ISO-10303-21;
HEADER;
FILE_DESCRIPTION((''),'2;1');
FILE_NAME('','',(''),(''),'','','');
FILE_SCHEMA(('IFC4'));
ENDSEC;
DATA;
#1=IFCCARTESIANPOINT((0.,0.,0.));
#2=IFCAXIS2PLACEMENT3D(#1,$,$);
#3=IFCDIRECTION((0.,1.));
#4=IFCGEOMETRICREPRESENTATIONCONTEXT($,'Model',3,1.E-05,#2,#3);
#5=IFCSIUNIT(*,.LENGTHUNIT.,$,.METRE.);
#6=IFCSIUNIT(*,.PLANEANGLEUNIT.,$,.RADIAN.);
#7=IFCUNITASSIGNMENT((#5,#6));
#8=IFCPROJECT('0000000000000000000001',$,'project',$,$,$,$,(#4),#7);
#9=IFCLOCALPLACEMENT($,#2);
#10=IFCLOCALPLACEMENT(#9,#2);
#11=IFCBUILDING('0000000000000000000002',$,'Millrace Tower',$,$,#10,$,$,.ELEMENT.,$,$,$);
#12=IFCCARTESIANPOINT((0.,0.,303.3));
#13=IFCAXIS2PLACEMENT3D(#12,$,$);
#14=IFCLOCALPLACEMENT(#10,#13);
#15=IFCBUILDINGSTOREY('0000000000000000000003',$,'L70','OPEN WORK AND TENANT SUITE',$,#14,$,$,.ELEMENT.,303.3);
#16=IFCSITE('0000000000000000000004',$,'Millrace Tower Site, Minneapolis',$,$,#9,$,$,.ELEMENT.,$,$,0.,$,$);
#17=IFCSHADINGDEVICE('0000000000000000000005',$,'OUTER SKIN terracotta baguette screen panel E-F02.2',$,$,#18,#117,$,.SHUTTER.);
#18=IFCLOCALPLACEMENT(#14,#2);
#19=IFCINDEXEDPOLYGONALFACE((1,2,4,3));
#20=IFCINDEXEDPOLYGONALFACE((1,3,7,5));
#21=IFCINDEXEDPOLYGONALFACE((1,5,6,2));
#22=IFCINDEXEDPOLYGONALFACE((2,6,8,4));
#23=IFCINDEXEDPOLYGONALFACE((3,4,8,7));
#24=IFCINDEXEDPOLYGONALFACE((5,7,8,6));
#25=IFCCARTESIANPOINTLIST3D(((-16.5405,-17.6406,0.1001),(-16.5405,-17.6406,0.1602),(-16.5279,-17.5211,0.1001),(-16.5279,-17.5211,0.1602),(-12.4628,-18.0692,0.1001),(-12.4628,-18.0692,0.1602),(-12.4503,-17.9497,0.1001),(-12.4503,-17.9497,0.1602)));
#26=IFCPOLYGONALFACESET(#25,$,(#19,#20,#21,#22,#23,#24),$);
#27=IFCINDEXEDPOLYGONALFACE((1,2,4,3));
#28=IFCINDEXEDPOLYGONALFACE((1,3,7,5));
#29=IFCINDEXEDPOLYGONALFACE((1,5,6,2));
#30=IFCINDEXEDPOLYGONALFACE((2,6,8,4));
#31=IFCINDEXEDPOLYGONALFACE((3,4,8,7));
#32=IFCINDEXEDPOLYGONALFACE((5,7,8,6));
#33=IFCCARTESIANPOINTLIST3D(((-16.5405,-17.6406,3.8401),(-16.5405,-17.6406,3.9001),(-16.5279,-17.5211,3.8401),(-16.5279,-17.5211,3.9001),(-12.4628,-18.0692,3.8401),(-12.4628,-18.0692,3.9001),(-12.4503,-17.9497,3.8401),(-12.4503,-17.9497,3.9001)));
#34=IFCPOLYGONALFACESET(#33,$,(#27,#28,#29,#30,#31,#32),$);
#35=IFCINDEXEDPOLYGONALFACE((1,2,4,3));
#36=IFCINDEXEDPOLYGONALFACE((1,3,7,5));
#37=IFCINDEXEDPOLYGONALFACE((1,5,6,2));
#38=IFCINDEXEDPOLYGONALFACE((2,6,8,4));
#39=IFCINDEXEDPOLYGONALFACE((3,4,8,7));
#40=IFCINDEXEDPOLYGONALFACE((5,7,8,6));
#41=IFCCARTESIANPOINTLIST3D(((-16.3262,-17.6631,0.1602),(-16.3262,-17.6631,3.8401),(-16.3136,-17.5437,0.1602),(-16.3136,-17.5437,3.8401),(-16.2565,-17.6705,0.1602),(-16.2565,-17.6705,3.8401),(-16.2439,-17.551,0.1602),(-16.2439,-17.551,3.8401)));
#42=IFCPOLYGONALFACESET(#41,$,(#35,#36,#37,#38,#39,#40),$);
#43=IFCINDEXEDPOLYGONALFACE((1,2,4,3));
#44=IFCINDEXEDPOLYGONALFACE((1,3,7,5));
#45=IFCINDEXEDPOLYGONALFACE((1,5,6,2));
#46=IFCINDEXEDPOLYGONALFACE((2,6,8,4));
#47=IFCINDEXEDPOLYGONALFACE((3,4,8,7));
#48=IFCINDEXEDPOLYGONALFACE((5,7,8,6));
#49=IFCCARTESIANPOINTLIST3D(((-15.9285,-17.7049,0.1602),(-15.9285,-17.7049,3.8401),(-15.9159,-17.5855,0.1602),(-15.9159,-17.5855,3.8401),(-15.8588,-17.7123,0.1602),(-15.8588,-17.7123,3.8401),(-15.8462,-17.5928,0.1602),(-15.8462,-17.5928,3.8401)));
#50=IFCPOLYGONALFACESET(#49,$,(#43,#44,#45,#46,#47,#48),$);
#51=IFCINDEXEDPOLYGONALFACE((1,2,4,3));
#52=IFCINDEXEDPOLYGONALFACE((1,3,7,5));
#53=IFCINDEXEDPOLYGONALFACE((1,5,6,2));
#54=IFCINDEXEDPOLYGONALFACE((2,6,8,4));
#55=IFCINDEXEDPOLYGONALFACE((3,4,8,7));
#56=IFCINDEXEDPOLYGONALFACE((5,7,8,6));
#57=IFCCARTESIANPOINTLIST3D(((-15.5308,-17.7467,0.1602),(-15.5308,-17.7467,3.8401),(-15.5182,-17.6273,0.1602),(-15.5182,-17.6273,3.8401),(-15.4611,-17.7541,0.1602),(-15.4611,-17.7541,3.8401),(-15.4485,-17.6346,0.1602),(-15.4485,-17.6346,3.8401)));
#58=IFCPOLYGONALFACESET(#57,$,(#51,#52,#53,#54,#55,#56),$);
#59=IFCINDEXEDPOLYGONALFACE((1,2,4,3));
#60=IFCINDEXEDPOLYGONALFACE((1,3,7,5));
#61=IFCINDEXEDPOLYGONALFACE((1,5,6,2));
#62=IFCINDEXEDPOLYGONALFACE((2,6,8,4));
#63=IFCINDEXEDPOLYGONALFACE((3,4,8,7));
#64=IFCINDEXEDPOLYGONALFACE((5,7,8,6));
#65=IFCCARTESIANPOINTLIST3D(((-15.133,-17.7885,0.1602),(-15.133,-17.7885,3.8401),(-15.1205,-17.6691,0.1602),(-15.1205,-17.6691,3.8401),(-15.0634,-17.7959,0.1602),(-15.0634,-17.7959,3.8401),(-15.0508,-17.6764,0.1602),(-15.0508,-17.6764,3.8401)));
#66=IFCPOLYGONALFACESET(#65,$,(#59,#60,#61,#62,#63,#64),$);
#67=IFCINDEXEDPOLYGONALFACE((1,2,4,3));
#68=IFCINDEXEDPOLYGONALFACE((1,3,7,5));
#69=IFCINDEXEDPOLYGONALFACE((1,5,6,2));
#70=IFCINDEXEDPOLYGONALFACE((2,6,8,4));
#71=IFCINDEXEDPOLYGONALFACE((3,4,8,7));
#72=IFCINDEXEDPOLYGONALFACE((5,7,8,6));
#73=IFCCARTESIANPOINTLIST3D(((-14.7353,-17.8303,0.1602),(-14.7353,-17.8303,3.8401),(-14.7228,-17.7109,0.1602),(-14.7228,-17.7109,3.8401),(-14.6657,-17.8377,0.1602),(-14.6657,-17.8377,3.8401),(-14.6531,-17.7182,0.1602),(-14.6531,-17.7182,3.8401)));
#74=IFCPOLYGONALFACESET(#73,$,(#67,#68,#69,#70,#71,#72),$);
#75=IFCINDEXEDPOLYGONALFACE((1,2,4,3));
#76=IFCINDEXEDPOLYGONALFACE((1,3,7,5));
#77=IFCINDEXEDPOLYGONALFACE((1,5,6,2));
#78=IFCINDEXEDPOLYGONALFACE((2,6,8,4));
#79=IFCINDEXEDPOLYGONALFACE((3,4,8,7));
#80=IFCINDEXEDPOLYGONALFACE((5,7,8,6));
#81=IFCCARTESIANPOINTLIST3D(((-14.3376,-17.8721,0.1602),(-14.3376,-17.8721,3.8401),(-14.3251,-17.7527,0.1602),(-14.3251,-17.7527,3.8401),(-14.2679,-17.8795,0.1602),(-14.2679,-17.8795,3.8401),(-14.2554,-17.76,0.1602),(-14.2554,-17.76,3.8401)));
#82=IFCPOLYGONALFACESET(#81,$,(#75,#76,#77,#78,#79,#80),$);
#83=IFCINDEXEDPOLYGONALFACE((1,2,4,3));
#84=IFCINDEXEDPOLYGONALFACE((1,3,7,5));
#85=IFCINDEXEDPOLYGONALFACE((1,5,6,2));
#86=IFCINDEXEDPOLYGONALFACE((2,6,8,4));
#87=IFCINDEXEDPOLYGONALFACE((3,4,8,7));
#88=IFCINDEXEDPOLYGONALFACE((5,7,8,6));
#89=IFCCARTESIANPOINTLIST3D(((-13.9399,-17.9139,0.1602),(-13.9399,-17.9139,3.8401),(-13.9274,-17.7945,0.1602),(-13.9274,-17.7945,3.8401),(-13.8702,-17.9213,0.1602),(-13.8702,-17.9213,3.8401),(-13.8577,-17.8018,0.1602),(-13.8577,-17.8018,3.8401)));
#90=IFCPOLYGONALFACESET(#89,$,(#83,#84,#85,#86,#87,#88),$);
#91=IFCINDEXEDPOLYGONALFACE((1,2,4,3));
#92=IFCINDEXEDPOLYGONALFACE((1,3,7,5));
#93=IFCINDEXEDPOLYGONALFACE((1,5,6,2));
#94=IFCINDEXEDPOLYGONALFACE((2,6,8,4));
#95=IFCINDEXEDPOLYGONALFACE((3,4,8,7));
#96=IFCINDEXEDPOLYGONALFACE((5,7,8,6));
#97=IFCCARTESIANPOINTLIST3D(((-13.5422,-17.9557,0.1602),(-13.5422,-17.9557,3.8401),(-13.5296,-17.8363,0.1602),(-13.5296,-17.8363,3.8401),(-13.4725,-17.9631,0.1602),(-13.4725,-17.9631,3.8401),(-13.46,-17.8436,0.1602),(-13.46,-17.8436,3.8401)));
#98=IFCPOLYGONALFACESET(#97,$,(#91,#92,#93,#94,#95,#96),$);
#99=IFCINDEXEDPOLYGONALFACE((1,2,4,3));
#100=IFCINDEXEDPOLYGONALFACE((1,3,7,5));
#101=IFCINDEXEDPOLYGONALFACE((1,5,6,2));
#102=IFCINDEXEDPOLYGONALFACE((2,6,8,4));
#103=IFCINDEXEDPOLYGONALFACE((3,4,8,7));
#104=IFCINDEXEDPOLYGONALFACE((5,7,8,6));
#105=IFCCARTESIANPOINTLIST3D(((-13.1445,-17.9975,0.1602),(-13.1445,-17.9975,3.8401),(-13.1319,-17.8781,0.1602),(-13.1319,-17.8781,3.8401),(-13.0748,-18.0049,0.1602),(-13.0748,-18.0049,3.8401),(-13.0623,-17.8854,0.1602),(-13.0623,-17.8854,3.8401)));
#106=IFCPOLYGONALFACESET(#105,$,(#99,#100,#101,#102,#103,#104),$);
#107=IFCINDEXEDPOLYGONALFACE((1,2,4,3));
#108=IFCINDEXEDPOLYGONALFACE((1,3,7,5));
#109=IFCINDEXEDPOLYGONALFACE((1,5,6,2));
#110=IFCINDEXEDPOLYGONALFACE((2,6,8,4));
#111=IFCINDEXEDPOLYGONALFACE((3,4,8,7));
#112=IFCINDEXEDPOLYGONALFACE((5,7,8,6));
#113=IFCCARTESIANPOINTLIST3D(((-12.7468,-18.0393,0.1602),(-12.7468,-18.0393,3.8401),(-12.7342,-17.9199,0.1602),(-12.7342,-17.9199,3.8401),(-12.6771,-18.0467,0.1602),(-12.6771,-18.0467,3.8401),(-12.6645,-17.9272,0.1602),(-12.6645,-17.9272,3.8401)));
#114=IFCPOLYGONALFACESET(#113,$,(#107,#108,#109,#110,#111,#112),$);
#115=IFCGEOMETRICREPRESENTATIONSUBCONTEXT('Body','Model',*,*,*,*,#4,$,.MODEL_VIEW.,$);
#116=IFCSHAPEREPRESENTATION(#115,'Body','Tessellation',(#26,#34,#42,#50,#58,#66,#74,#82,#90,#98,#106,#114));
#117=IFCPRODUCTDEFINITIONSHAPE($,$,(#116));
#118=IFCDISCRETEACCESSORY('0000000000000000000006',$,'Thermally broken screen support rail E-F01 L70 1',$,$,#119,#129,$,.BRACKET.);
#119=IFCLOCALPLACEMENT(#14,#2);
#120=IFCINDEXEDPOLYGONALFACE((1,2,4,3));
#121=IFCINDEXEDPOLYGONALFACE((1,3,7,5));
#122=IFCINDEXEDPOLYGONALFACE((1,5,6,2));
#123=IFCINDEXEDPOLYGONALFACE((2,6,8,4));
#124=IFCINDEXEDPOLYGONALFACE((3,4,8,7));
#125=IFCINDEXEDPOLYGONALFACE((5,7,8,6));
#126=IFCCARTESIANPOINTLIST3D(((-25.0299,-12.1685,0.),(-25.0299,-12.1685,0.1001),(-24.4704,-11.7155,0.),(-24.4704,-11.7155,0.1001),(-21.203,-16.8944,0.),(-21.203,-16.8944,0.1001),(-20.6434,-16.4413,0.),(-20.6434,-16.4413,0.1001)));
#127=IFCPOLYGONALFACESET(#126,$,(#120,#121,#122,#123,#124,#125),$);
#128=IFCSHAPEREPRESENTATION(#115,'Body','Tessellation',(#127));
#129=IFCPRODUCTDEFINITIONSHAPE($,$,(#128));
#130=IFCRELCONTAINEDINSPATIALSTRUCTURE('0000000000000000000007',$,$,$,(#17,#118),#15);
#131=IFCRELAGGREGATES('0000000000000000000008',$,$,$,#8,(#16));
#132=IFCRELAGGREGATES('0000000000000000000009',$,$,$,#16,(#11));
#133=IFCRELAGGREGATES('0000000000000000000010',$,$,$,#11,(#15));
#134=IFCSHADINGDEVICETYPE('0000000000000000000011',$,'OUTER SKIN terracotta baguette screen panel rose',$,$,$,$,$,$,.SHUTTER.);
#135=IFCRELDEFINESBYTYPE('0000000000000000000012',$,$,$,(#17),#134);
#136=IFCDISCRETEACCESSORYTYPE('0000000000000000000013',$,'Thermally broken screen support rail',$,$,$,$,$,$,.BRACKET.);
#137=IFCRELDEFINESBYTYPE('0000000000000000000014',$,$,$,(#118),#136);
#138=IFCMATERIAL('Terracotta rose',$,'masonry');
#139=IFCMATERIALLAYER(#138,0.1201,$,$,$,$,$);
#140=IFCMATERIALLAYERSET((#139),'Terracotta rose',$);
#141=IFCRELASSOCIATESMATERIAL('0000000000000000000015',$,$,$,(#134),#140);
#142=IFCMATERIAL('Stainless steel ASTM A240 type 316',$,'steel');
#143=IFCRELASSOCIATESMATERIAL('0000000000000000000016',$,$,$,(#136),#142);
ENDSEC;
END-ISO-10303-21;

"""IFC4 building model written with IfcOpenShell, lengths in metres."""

from ifc_helpers import new_model, entity, si_unit, direction, frame, frame_2d, origin, origin_2d, place, context, subcontext, project, spatial, rectangle, extrude, source, transform, mapped, material, layer, layer_set, type_object, element, save


model = new_model("IFC4")

# Units and contexts
model_context = context("Model", 3, precision=1e-05, world=origin(), true_north=direction((0.0, 1.0)))
body_context = subcontext(model_context, "Body", "Model", "MODEL_VIEW")
ifc_project = project(units=[si_unit("LENGTHUNIT", "METRE"), si_unit("PLANEANGLEUNIT", "RADIAN")], contexts=[model_context])

# Site, building, storey
site_placement = place(None, origin())
site = spatial("IfcSite", under=ifc_project, at=site_placement, Name="Millrace Tower Site, Minneapolis", CompositionType="ELEMENT", RefElevation=0.0)
building_placement = place(site_placement, origin())
building = spatial("IfcBuilding", under=site, at=building_placement, Name="Millrace Tower", CompositionType="ELEMENT")
storey_placement = place(building_placement, frame((0.0, 0.0, 303.3)))
storey = spatial("IfcBuildingStorey", under=building, at=storey_placement, Name="L70", Description="OPEN WORK AND TENANT SUITE", CompositionType="ELEMENT", Elevation=303.3)

# Shading device
ifc_material_1 = material(Name="Terracotta rose", Category="masonry")
ifc_layer_1 = layer(ifc_material_1, 0.1201)
ifc_layer_set_1 = layer_set([ifc_layer_1], Name="Terracotta rose")
shading_device_type = type_object("IfcShadingDeviceType", Name="OUTER SKIN terracotta baguette screen panel rose", PredefinedType="SHUTTER", material=ifc_layer_set_1)
cartesian_point_1 = entity("IfcCartesianPoint", [-2.05, 0.0601])
shared_polyline_1 = entity("IfcPolyline", [cartesian_point_1, entity("IfcCartesianPoint", [2.05, 0.0601]), entity("IfcCartesianPoint", [2.05, -0.0601]), entity("IfcCartesianPoint", [-2.05, -0.0601]), cartesian_point_1])
shared_shape_1 = source(origin(), body_context, "Body", "SweptSolid", [
    entity("IfcExtrudedAreaSolid", entity("IfcArbitraryClosedProfileDef", "AREA", None, shared_polyline_1), entity("IfcAxis2Placement3D", entity("IfcCartesianPoint", [0.0, 0.0, 0.0])), entity("IfcDirection", [0.0, 0.0, 1.0]), 0.0601),
    entity("IfcExtrudedAreaSolid", entity("IfcArbitraryClosedProfileDef", "AREA", None, shared_polyline_1), entity("IfcAxis2Placement3D", entity("IfcCartesianPoint", [0.0, 0.0, 3.74])), entity("IfcDirection", [0.0, 0.0, 1.0]), 0.0601),
    extrude(rectangle(XDim=0.0701, YDim=0.1201, at=frame_2d((-1.7996, 0.0))), frame((0.0, 0.0, 0.0601)), (0.0, 0.0, 1.0), 3.6799),
    extrude(rectangle(XDim=0.0701, YDim=0.1201, at=frame_2d((-1.3997, 0.0))), frame((0.0, 0.0, 0.0601)), (0.0, 0.0, 1.0), 3.6799),
    extrude(rectangle(XDim=0.0701, YDim=0.1201, at=frame_2d((-0.9998, 0.0))), frame((0.0, 0.0, 0.0601)), (0.0, 0.0, 1.0), 3.6799),
    extrude(rectangle(XDim=0.0701, YDim=0.1201, at=frame_2d((-0.5999, 0.0))), frame((0.0, 0.0, 0.0601)), (0.0, 0.0, 1.0), 3.6799),
    extrude(rectangle(XDim=0.0701, YDim=0.1201, at=frame_2d((-0.2, 0.0))), frame((0.0, 0.0, 0.0601)), (0.0, 0.0, 1.0), 3.6799),
    extrude(rectangle(XDim=0.0701, YDim=0.1201, at=frame_2d((0.2, 0.0))), frame((0.0, 0.0, 0.0601)), (0.0, 0.0, 1.0), 3.6799),
    extrude(rectangle(XDim=0.0701, YDim=0.1201, at=frame_2d((0.5999, 0.0))), frame((0.0, 0.0, 0.0601)), (0.0, 0.0, 1.0), 3.6799),
    extrude(rectangle(XDim=0.0701, YDim=0.1201, at=frame_2d((0.9998, 0.0))), frame((0.0, 0.0, 0.0601)), (0.0, 0.0, 1.0), 3.6799),
    extrude(rectangle(XDim=0.0701, YDim=0.1201, at=frame_2d((1.3997, 0.0))), frame((0.0, 0.0, 0.0601)), (0.0, 0.0, 1.0), 3.6799),
    extrude(rectangle(XDim=0.0701, YDim=0.1201, at=frame_2d((1.7996, 0.0))), frame((0.0, 0.0, 0.0601)), (0.0, 0.0, 1.0), 3.6799),
])
shading_device_1_placement = place(storey_placement, frame((-14.4954, -17.7952, 0.1001), z_axis=(0.0, 0.0, 1.0), x_axis=(0.994522, -0.104528, 0.0)))
element("IfcShadingDevice", 1, at=shading_device_1_placement, inside=storey, type_object=shading_device_type, Name="OUTER SKIN terracotta baguette screen panel E-F02.2", PredefinedType="SHUTTER", context=body_context, shape_type="MappedRepresentation", body=[
    mapped(shared_shape_1, transform((0.0, 0.0, 0.0), scale=1.0)),
])

# Discrete accessory
ifc_material_2 = material(Name="Stainless steel ASTM A240 type 316", Category="steel")
discrete_accessory_type = type_object("IfcDiscreteAccessoryType", Name="Thermally broken screen support rail", PredefinedType="BRACKET", material=ifc_material_2)
discrete_accessory_placement = place(storey_placement, frame((-22.8367, -14.3049, 0.0), z_axis=(0.0, 0.0, 1.0), x_axis=(0.62932, -0.777146, 0.0)))
element("IfcDiscreteAccessory", 2, at=discrete_accessory_placement, inside=storey, type_object=discrete_accessory_type, Name="Thermally broken screen support rail E-F01 L70 1", PredefinedType="BRACKET", context=body_context, shape_type="SweptSolid", body=[
    extrude(rectangle(XDim=6.0811, YDim=0.72, at=origin_2d()), origin(), (0.0, 0.0, 1.0), 0.1001),
])

save(model, "model.ifc")
